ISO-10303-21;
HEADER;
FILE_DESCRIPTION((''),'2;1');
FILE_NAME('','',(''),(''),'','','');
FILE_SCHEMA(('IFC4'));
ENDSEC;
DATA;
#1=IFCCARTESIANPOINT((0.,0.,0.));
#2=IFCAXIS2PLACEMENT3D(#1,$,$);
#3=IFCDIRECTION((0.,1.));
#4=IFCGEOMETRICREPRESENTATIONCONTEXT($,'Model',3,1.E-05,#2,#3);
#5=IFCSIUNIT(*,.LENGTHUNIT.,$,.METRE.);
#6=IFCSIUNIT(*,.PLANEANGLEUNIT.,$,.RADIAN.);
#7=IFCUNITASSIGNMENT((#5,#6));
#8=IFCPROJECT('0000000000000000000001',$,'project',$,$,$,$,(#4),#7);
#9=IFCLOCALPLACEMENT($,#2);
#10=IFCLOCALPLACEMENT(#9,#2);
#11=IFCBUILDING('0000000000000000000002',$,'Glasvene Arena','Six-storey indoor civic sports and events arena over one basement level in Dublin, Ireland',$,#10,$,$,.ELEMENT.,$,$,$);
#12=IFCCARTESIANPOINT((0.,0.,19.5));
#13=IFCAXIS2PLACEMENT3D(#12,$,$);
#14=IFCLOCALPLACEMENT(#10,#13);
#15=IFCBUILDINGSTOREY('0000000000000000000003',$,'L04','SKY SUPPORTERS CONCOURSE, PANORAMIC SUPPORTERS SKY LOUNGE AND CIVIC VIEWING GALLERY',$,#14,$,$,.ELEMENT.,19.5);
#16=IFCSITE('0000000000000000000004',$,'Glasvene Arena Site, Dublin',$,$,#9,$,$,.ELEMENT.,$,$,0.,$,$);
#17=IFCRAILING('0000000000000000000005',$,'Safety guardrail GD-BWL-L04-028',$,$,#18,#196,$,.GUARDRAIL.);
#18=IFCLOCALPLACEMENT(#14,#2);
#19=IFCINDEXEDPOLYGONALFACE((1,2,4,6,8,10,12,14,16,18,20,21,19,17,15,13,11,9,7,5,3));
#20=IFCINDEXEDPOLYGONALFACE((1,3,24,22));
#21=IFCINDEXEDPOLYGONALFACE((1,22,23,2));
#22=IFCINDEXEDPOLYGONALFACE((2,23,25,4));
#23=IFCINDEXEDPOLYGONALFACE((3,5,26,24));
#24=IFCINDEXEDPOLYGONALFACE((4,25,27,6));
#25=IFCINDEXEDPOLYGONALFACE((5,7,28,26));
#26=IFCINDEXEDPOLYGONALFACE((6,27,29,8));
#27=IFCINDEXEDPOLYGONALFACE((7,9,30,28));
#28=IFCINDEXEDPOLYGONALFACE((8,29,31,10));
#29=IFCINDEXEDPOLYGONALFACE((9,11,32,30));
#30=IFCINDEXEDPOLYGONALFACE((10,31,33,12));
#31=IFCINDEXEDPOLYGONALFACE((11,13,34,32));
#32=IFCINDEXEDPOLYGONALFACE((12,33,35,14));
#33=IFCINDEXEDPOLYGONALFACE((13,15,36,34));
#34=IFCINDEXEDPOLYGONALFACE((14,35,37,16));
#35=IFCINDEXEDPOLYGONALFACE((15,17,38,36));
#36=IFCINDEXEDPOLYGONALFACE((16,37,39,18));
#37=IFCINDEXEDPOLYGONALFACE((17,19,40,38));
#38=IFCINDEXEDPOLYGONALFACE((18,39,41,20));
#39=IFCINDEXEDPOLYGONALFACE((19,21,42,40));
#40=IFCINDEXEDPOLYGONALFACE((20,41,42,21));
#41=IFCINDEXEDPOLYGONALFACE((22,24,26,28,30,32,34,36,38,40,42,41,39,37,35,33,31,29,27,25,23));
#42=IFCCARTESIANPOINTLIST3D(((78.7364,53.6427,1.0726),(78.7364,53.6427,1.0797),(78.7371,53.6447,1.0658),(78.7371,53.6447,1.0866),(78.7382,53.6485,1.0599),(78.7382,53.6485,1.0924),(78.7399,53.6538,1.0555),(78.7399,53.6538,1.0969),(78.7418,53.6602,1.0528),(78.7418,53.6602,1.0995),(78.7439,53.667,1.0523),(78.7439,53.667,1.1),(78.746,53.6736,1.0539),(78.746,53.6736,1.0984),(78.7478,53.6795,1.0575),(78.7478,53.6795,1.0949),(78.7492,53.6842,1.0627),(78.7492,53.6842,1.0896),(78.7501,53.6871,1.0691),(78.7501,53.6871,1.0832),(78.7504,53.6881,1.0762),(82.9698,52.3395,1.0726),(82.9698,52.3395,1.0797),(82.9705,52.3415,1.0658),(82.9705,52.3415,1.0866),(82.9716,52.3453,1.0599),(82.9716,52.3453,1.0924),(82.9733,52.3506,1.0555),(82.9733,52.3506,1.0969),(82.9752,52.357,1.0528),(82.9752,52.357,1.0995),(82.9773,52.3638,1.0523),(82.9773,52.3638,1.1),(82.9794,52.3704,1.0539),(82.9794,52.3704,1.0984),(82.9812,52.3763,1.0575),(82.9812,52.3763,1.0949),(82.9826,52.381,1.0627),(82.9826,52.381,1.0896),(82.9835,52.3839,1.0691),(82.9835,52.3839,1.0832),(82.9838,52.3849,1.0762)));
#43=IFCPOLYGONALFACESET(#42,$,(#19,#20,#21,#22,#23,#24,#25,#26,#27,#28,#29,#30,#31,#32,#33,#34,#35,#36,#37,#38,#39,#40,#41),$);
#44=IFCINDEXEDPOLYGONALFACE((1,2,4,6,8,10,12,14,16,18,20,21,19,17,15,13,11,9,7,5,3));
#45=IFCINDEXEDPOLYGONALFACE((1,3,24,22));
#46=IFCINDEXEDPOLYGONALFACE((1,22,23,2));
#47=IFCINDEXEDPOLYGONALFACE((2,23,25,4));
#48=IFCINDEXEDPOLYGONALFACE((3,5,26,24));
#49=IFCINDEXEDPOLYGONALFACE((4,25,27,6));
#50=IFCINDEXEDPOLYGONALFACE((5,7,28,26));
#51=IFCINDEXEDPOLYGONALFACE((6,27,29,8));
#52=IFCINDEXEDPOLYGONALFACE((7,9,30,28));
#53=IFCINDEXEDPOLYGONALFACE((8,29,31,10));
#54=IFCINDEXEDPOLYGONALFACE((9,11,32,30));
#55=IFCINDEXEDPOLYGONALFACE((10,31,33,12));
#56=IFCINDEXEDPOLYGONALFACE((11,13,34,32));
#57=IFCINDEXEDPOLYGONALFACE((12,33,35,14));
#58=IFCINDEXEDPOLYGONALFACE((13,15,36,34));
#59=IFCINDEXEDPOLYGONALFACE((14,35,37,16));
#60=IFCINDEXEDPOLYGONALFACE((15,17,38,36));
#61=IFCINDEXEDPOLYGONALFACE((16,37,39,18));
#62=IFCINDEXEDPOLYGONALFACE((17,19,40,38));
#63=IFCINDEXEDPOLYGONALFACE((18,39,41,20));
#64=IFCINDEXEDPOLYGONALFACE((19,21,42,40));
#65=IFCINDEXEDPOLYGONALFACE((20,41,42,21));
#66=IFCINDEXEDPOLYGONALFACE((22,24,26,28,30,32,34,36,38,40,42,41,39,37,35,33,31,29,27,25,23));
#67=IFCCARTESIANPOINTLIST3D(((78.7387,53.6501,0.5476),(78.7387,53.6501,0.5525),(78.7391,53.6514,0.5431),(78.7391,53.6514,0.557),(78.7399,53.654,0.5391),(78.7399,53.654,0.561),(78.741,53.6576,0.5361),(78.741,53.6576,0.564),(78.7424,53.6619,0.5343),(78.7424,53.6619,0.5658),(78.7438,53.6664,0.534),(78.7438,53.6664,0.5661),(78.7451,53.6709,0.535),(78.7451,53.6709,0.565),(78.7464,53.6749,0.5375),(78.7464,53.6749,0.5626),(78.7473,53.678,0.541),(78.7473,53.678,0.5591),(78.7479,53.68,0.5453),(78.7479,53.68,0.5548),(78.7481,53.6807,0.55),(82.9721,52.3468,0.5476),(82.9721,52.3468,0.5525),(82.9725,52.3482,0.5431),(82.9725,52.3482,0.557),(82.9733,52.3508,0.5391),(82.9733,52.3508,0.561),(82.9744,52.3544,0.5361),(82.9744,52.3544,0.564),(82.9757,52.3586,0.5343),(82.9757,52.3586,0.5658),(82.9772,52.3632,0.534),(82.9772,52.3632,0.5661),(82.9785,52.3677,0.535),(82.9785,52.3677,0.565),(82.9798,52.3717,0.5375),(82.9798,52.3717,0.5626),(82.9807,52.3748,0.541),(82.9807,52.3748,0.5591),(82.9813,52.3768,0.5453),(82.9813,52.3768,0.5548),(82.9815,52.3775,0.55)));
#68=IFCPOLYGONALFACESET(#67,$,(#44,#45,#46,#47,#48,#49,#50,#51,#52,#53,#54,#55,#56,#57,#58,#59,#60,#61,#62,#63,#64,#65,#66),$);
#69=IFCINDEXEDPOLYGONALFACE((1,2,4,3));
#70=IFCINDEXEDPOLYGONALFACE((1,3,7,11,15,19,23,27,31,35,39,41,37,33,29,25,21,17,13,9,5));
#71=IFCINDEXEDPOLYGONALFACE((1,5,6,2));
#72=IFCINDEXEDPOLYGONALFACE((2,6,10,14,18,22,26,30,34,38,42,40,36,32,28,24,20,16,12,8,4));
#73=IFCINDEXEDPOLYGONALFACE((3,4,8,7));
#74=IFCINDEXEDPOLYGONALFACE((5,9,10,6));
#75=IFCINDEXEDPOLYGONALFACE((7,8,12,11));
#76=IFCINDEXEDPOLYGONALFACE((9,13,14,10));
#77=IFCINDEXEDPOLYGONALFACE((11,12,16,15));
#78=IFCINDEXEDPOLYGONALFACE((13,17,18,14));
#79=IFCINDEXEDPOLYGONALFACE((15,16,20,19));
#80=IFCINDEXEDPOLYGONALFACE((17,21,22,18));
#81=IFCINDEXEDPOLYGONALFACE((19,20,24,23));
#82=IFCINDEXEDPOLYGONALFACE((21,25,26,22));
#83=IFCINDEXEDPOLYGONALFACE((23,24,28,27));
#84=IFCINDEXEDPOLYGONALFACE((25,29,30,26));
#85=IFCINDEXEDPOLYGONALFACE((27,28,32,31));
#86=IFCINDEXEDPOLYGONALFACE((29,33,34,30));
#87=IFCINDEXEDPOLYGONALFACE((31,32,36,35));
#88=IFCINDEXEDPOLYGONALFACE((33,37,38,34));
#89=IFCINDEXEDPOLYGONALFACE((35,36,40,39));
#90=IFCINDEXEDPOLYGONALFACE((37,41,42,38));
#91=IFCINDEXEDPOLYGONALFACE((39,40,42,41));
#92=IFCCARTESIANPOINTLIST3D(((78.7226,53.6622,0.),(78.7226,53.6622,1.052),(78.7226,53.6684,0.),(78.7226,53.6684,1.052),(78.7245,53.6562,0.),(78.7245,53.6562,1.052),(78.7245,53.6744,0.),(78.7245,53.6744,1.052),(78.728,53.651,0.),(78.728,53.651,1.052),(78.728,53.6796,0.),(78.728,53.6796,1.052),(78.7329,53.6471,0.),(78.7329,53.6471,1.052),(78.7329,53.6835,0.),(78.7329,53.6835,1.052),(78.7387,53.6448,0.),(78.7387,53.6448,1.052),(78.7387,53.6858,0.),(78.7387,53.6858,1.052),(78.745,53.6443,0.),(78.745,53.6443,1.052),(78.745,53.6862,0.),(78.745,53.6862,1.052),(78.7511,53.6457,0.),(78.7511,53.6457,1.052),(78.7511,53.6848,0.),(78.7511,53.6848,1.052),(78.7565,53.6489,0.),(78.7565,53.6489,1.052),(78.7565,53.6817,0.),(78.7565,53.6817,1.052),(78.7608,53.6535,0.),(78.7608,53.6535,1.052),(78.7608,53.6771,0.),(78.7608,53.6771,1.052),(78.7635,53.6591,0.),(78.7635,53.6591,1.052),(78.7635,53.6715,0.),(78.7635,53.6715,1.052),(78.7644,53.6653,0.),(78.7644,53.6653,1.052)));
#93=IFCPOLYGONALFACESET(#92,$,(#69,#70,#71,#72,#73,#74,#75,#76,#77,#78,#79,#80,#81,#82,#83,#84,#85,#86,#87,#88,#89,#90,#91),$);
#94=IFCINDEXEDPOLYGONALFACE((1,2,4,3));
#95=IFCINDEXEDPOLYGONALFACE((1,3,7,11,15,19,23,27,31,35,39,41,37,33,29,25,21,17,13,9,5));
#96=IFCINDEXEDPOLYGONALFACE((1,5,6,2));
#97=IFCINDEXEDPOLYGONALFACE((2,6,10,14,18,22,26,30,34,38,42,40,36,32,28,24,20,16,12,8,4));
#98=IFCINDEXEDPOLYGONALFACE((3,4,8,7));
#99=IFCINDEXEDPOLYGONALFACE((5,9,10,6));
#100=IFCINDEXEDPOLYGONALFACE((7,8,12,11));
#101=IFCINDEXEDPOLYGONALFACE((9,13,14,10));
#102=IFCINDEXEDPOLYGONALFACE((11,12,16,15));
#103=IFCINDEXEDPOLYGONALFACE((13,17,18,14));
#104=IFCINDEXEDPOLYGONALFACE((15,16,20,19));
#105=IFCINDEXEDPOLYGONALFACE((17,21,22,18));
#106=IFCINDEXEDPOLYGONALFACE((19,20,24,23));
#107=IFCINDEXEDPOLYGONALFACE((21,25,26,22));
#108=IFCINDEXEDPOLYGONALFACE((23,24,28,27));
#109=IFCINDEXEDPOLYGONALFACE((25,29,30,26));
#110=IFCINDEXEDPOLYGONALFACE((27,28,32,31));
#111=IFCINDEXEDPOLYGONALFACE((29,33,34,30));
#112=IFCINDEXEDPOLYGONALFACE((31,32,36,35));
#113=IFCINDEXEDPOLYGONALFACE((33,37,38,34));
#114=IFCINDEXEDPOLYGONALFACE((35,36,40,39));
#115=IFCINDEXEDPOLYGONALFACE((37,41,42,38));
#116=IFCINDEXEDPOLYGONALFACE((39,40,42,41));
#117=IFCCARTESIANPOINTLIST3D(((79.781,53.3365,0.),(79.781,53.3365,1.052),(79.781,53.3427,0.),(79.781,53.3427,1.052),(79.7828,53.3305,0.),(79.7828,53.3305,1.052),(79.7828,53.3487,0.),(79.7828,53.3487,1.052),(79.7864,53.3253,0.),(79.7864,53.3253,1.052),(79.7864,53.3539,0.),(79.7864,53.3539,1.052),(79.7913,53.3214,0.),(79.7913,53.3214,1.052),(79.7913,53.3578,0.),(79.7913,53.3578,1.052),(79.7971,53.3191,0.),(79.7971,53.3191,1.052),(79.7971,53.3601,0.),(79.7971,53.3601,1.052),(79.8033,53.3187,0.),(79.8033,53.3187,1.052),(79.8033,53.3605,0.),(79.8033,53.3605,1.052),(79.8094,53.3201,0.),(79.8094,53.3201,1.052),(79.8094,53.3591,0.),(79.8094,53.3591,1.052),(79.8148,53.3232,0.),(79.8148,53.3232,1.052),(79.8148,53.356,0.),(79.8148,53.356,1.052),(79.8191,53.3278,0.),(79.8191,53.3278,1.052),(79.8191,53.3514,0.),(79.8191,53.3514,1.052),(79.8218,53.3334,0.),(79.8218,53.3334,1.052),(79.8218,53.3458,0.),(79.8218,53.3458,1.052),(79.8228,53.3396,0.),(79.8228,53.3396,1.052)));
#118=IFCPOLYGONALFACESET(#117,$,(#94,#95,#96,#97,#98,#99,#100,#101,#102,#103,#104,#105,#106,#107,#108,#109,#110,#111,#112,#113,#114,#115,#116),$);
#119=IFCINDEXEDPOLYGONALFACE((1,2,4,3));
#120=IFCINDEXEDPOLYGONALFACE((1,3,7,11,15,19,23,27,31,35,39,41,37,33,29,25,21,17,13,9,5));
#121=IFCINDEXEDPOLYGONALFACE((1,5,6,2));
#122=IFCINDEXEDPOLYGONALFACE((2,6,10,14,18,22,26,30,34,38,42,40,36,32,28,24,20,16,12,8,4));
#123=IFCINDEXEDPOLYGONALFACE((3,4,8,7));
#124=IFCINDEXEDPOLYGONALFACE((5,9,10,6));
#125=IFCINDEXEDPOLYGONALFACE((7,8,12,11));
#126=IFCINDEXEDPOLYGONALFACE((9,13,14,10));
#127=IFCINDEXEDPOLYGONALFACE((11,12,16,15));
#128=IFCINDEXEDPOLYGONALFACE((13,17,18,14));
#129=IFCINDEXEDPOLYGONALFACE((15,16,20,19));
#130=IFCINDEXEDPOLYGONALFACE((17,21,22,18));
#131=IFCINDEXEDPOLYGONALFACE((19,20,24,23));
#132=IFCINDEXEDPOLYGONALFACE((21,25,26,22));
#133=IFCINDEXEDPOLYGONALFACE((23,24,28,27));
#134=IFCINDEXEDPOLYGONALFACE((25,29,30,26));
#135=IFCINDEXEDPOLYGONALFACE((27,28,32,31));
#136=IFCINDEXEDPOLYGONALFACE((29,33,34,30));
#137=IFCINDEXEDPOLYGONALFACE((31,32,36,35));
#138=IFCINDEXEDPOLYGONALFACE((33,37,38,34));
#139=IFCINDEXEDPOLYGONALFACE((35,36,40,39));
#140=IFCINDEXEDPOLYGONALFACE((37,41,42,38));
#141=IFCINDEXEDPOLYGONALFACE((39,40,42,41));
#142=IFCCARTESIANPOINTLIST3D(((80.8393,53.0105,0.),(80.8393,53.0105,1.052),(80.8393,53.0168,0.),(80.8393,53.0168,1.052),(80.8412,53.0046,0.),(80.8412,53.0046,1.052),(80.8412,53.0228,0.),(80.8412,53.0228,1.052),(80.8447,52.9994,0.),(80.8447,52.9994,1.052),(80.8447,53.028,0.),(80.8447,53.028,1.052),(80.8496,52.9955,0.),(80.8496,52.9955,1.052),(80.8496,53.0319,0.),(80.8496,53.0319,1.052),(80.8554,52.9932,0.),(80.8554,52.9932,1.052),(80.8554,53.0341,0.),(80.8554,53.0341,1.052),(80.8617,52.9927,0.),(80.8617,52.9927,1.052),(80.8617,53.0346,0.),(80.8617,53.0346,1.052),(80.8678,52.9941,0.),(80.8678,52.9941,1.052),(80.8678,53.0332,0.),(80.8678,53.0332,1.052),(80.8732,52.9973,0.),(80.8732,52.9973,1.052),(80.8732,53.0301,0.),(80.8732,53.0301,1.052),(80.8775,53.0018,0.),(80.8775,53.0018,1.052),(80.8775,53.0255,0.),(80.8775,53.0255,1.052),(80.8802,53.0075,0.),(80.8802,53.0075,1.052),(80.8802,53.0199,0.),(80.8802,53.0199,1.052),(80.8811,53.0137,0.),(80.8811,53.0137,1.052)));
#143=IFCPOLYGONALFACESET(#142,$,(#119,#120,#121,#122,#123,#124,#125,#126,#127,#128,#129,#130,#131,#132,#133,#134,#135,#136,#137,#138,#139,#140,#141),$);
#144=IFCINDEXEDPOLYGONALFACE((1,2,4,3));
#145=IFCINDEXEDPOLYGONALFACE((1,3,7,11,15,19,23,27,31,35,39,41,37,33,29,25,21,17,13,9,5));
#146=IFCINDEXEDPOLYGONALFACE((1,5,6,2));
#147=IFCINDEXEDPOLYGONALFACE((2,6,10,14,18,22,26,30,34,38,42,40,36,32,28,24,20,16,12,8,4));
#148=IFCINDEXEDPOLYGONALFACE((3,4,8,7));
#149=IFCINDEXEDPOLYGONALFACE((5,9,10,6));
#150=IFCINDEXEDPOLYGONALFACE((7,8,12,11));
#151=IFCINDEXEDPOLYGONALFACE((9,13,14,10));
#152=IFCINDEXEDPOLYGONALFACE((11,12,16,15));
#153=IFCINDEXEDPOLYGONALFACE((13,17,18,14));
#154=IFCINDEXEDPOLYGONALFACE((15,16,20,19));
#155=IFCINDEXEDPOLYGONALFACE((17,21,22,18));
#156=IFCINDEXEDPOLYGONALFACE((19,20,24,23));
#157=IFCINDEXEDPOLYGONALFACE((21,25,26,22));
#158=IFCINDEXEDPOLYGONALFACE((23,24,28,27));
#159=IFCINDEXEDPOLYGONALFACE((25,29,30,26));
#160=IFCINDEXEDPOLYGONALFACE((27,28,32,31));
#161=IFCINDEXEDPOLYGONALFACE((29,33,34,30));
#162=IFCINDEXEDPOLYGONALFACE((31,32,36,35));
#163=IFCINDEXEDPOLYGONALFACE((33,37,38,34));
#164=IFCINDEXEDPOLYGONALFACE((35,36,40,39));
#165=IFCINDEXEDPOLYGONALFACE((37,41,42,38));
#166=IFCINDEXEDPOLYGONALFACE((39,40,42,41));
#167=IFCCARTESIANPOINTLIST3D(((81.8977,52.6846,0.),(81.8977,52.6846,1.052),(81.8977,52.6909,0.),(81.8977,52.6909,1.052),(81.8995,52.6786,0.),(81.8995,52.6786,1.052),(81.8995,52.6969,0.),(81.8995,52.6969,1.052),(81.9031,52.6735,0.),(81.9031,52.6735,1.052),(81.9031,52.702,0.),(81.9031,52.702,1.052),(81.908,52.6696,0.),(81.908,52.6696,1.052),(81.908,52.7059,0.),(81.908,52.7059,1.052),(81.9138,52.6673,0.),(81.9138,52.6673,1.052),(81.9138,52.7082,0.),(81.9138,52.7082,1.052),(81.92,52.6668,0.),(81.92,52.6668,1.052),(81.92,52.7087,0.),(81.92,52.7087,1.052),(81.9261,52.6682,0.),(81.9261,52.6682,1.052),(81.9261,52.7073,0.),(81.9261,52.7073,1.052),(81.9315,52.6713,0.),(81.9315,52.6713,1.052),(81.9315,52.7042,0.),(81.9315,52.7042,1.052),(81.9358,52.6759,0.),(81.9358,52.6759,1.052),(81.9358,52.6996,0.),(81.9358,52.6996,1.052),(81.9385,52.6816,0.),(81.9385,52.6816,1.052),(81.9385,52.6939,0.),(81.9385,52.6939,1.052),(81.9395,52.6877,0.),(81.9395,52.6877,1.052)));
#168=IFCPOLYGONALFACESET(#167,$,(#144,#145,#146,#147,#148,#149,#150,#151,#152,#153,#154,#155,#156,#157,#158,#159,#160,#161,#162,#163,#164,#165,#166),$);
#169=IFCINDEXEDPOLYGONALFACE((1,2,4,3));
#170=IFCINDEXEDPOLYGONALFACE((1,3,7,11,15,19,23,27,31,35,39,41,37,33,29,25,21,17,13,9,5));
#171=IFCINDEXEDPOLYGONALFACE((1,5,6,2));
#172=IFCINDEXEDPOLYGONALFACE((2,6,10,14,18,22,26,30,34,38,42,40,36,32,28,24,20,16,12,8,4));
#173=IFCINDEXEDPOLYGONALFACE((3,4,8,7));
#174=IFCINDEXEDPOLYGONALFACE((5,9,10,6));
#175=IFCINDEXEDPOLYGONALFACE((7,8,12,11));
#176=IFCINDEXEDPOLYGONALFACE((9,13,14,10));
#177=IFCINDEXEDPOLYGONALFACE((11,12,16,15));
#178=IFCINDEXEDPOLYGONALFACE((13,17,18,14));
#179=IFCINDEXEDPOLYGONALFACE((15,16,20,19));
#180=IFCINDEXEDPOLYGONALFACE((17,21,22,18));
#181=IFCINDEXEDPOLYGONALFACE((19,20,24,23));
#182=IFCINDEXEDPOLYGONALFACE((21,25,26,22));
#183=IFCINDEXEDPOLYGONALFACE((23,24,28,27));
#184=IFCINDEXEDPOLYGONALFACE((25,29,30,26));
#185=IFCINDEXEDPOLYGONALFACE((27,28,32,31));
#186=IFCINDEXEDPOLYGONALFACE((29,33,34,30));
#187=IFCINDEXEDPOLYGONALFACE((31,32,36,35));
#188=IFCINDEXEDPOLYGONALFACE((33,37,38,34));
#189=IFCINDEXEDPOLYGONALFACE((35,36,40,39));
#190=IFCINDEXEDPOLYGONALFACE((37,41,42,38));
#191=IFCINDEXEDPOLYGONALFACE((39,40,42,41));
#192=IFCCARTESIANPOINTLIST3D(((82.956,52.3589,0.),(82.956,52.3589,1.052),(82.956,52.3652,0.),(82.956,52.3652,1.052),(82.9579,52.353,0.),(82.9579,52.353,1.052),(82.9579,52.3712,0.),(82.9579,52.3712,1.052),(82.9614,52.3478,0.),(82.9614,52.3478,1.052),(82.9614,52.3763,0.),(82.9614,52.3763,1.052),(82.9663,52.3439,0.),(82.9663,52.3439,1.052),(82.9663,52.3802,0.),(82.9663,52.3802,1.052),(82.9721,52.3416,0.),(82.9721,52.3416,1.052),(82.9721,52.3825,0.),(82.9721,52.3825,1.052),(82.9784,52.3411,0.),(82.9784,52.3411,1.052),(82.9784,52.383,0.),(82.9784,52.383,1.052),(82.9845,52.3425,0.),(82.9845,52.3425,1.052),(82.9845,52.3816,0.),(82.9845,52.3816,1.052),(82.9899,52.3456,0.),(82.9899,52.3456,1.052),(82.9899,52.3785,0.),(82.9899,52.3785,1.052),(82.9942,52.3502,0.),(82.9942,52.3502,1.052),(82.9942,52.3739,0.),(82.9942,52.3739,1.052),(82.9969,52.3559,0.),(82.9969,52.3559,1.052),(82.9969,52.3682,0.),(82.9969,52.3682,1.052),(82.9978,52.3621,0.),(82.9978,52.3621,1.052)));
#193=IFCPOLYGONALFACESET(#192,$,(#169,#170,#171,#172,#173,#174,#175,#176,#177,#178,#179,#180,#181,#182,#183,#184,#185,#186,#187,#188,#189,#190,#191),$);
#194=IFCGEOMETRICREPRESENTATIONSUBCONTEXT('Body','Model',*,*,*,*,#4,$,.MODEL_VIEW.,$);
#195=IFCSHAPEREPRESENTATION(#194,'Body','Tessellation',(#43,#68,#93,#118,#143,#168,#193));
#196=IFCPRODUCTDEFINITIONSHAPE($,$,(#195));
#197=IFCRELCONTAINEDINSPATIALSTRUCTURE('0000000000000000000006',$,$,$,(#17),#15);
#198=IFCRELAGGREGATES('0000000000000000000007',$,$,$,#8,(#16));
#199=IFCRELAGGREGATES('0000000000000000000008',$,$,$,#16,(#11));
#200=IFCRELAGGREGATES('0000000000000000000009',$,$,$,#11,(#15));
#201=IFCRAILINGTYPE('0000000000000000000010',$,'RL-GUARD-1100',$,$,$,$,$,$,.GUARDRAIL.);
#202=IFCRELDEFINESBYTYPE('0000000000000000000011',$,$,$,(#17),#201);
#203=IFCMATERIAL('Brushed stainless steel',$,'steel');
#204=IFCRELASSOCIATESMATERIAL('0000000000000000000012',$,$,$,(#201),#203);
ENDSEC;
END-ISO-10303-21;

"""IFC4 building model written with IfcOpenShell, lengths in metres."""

from ifc_helpers import new_model, si_unit, direction, frame, origin, origin_2d, place, context, subcontext, project, spatial, circle, extrude, material, type_object, element, save


model = new_model("IFC4")

# Units and contexts
model_context = context("Model", 3, precision=1e-05, world=origin(), true_north=direction((0.0, 1.0)))
body_context = subcontext(model_context, "Body", "Model", "MODEL_VIEW")
ifc_project = project(units=[si_unit("LENGTHUNIT", "METRE"), si_unit("PLANEANGLEUNIT", "RADIAN")], contexts=[model_context])

# Site, building, storey
site_placement = place(None, origin())
site = spatial("IfcSite", under=ifc_project, at=site_placement, Name="Glasvene Arena Site, Dublin", CompositionType="ELEMENT", RefElevation=0.0)
building_placement = place(site_placement, origin())
building = spatial("IfcBuilding", under=site, at=building_placement, Name="Glasvene Arena", Description="Six-storey indoor civic sports and events arena over one basement level in Dublin, Ireland", CompositionType="ELEMENT")
storey_placement = place(building_placement, frame((0.0, 0.0, 19.5)))
storey = spatial("IfcBuildingStorey", under=building, at=storey_placement, Name="L04", Description="SKY SUPPORTERS CONCOURSE, PANORAMIC SUPPORTERS SKY LOUNGE AND CIVIC VIEWING GALLERY", CompositionType="ELEMENT", Elevation=19.5)

# Railing
ifc_material = material(Name="Brushed stainless steel", Category="steel")
railing_type = type_object("IfcRailingType", Name="RL-GUARD-1100", PredefinedType="GUARDRAIL", material=ifc_material)
railing_1_placement = place(storey_placement, frame((78.7434, 53.6653, 0.0)))
element("IfcRailing", 1, at=railing_1_placement, inside=storey, type_object=railing_type, Name="Safety guardrail GD-BWL-L04-028", PredefinedType="GUARDRAIL", context=body_context, shape_type="SweptSolid", body=[
    extrude(circle(Radius=0.0239, at=origin_2d()), frame((0.0, 0.0, 1.0762), z_axis=(0.955738, -0.294218, 0.0), x_axis=(0.294218, 0.955738, 0.0)), (0.0, 0.0, 1.0), 4.4294),
    extrude(circle(Radius=0.0161, at=origin_2d()), frame((0.0, 0.0, 0.55), z_axis=(0.955738, -0.294218, 0.0), x_axis=(0.294218, 0.955738, 0.0)), (0.0, 0.0, 1.0), 4.4294),
    extrude(circle(Radius=0.021, at=origin_2d()), origin(), (0.0, 0.0, 1.0), 1.052),
    extrude(circle(Radius=0.021, at=origin_2d()), frame((1.0583, -0.3257, 0.0)), (0.0, 0.0, 1.0), 1.052),
    extrude(circle(Radius=0.021, at=origin_2d()), frame((2.1167, -0.6516, 0.0)), (0.0, 0.0, 1.0), 1.052),
    extrude(circle(Radius=0.021, at=origin_2d()), frame((3.175, -0.9775, 0.0)), (0.0, 0.0, 1.0), 1.052),
    extrude(circle(Radius=0.021, at=origin_2d()), frame((4.2334, -1.3032, 0.0)), (0.0, 0.0, 1.0), 1.052),
])

save(model, "model.ifc")
